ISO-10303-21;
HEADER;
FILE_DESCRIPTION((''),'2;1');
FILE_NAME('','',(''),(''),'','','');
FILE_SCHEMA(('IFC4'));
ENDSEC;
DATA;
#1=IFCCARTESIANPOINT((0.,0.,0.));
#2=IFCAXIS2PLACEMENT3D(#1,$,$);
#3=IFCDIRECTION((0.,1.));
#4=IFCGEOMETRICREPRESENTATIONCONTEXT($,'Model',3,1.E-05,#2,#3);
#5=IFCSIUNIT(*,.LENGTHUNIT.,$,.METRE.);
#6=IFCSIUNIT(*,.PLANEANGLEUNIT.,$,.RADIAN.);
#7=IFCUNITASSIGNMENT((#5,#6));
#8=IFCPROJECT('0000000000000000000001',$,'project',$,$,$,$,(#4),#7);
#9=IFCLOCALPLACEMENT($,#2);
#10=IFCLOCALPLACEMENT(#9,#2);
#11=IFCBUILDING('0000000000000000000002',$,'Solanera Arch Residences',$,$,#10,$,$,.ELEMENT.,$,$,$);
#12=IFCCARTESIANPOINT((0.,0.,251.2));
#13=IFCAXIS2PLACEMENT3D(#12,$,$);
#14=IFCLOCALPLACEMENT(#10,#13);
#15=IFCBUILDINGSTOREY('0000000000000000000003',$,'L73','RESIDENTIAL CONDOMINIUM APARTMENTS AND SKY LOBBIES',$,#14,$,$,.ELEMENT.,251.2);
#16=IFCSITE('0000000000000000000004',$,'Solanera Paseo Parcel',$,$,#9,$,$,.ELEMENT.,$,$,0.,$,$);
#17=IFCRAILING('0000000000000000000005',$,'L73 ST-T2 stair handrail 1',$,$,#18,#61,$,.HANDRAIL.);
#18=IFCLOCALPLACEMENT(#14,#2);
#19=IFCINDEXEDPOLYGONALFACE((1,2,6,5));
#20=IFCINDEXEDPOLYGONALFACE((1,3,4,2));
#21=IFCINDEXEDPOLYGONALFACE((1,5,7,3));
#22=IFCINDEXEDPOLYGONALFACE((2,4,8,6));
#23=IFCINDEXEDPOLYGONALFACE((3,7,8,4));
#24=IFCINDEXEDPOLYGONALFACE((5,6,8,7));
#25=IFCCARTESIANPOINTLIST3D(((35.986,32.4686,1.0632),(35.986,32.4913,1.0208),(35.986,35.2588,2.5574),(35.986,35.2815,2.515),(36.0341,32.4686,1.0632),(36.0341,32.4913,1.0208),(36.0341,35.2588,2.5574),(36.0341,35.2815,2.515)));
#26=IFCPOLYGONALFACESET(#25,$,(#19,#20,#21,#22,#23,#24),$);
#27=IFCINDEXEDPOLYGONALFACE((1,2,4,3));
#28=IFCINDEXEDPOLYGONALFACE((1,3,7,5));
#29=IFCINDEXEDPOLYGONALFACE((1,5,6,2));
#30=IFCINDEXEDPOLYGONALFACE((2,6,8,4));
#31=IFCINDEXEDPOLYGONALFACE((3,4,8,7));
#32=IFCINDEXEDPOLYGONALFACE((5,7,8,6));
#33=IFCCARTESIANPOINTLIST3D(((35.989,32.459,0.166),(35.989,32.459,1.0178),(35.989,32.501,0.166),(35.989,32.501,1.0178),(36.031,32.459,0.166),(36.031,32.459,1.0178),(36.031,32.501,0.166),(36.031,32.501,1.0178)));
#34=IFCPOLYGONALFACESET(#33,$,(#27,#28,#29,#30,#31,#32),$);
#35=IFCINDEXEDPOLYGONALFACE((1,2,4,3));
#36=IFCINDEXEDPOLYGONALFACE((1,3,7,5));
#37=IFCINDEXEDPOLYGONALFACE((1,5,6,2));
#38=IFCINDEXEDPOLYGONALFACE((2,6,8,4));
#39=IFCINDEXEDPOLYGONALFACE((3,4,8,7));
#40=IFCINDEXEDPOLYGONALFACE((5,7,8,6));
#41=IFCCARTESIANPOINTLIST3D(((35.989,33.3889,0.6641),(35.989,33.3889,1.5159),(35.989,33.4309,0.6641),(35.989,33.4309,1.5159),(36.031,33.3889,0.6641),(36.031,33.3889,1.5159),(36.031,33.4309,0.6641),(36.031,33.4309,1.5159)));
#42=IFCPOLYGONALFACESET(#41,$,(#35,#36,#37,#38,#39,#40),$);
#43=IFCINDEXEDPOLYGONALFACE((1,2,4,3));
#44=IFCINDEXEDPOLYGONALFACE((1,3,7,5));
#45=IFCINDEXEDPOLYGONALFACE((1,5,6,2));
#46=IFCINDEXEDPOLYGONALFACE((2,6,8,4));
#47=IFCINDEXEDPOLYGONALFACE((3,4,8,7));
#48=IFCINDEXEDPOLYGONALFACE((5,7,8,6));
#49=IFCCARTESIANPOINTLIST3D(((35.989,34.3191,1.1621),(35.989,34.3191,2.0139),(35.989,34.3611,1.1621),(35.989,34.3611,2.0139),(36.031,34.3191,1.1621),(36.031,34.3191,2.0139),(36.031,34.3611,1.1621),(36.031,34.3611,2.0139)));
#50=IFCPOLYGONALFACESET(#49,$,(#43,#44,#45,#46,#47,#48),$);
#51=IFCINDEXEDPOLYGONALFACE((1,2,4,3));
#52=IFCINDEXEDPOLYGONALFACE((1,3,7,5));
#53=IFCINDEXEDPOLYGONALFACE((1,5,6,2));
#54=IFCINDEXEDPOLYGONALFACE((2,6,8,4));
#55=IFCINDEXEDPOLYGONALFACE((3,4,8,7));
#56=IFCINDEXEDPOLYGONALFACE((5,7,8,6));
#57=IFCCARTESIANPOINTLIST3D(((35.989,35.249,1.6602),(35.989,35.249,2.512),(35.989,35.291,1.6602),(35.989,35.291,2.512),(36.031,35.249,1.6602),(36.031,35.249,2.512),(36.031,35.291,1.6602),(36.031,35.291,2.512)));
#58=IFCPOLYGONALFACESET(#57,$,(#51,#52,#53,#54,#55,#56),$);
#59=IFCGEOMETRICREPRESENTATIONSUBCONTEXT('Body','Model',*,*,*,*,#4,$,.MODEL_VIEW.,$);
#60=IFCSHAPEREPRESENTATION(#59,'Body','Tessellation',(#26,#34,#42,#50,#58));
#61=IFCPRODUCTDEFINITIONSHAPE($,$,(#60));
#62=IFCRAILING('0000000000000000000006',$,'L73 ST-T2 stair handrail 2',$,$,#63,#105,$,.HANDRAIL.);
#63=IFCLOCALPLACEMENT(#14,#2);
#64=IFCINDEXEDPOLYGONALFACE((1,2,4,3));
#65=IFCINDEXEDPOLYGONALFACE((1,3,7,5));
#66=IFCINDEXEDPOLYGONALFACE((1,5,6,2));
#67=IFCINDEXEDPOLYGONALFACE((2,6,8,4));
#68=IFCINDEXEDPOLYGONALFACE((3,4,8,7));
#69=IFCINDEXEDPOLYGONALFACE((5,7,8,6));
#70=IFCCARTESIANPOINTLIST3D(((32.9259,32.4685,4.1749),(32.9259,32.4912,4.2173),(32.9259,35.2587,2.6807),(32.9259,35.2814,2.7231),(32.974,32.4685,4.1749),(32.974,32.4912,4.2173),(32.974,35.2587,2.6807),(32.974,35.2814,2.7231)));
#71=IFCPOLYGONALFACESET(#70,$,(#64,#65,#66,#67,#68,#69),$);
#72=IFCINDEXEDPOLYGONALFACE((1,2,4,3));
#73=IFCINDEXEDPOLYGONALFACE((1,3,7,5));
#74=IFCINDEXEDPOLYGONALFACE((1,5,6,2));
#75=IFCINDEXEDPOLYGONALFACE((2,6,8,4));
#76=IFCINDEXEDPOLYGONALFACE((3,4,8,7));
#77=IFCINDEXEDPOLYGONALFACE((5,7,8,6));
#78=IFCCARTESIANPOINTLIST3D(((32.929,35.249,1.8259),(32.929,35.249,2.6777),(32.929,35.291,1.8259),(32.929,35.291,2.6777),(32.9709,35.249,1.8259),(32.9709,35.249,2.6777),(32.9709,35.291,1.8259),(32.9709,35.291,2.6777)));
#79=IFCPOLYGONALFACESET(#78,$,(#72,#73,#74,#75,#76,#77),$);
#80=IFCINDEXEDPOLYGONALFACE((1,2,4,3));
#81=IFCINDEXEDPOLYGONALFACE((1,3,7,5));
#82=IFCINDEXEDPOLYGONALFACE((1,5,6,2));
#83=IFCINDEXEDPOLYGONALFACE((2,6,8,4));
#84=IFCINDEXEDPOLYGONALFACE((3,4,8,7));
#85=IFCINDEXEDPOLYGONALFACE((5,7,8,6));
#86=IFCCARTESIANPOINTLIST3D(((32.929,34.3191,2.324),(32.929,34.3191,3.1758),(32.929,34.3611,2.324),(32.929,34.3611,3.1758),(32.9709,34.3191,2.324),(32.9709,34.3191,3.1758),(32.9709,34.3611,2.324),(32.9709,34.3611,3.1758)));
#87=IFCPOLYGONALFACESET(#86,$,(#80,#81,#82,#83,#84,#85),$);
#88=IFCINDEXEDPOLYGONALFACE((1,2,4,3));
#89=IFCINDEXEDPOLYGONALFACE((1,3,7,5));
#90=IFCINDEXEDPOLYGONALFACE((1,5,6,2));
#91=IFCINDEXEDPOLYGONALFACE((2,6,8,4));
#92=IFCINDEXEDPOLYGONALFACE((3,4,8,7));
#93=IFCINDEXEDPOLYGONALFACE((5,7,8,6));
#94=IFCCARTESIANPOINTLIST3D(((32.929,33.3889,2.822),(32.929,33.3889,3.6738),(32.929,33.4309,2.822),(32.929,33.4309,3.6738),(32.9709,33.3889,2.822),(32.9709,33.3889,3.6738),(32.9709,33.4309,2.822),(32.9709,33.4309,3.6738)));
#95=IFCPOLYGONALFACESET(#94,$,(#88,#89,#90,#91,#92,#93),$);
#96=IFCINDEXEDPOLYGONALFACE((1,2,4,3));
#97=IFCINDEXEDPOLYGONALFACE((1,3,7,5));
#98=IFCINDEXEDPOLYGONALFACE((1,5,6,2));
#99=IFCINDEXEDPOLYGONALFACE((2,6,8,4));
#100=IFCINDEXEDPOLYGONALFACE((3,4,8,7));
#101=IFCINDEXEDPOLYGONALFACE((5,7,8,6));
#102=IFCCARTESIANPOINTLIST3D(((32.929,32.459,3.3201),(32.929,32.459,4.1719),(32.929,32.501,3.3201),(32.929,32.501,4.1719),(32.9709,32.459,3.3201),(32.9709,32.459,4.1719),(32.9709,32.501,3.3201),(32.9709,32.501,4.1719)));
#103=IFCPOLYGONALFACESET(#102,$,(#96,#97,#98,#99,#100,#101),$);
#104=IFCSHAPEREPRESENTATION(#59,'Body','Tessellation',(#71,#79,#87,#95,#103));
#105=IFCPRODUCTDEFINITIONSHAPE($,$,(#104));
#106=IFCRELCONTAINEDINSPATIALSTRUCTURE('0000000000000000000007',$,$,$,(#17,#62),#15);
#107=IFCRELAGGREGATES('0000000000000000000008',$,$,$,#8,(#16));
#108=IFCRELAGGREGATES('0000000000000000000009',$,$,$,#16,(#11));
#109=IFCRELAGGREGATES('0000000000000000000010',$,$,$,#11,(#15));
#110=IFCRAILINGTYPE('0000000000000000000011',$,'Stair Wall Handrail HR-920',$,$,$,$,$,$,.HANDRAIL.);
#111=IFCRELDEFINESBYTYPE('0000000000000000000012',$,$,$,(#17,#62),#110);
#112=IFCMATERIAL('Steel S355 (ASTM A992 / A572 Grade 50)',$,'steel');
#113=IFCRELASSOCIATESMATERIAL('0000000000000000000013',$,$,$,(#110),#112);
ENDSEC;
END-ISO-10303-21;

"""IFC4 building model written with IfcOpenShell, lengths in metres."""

from ifc_helpers import new_model, si_unit, direction, frame, origin, origin_2d, place, context, subcontext, project, spatial, rectangle, extrude, material, type_object, element, save


model = new_model("IFC4")

# Units and contexts
model_context = context("Model", 3, precision=1e-05, world=origin(), true_north=direction((0.0, 1.0)))
body_context = subcontext(model_context, "Body", "Model", "MODEL_VIEW")
ifc_project = project(units=[si_unit("LENGTHUNIT", "METRE"), si_unit("PLANEANGLEUNIT", "RADIAN")], contexts=[model_context])

# Site, building, storey
site_placement = place(None, origin())
site = spatial("IfcSite", under=ifc_project, at=site_placement, Name="Solanera Paseo Parcel", CompositionType="ELEMENT", RefElevation=0.0)
building_placement = place(site_placement, origin())
building = spatial("IfcBuilding", under=site, at=building_placement, Name="Solanera Arch Residences", CompositionType="ELEMENT")
storey_placement = place(building_placement, frame((0.0, 0.0, 251.2)))
storey = spatial("IfcBuildingStorey", under=building, at=storey_placement, Name="L73", Description="RESIDENTIAL CONDOMINIUM APARTMENTS AND SKY LOBBIES", CompositionType="ELEMENT", Elevation=251.2)

# Railings
ifc_material_1 = material(Name="Steel S355 (ASTM A992 / A572 Grade 50)", Category="steel")
railing_type_1 = type_object("IfcRailingType", Name="Stair Wall Handrail HR-920", PredefinedType="HANDRAIL", material=ifc_material_1)
railing_1_placement = place(storey_placement, frame((36.01, 32.48, 0.166)))
element("IfcRailing", 1, at=railing_1_placement, inside=storey, type_object=railing_type_1, Name="L73 ST-T2 stair handrail 1", PredefinedType="HANDRAIL", context=body_context, shape_type="SweptSolid", body=[
    extrude(rectangle(XDim=0.0481, YDim=0.0481, at=origin_2d()), frame((0.0, 0.0, 0.876), z_axis=(0.0, 0.881549, 0.472093), x_axis=(-1.0, 0.0, 0.0)), (0.0, 0.0, 1.0), 3.165),
    extrude(rectangle(XDim=0.042, YDim=0.042, at=origin_2d()), origin(), (0.0, 0.0, 1.0), 0.8518),
    extrude(rectangle(XDim=0.042, YDim=0.042, at=origin_2d()), frame((0.0, 0.9299, 0.498)), (0.0, 0.0, 1.0), 0.8518),
    extrude(rectangle(XDim=0.042, YDim=0.042, at=origin_2d()), frame((0.0, 1.8601, 0.9961)), (0.0, 0.0, 1.0), 0.8518),
    extrude(rectangle(XDim=0.042, YDim=0.042, at=origin_2d()), frame((0.0, 2.79, 1.4941)), (0.0, 0.0, 1.0), 0.8518),
])
railing_2_placement = place(storey_placement, frame((32.95, 35.27, 1.8259)))
element("IfcRailing", 2, at=railing_2_placement, inside=storey, type_object=railing_type_1, Name="L73 ST-T2 stair handrail 2", PredefinedType="HANDRAIL", context=body_context, shape_type="SweptSolid", body=[
    extrude(rectangle(XDim=0.0481, YDim=0.0481, at=origin_2d()), frame((0.0, 0.0, 0.876), z_axis=(0.0, -0.881549, 0.472093), x_axis=(1.0, 0.0, 0.0)), (0.0, 0.0, 1.0), 3.165),
    extrude(rectangle(XDim=0.042, YDim=0.042, at=origin_2d()), origin(), (0.0, 0.0, 1.0), 0.8518),
    extrude(rectangle(XDim=0.042, YDim=0.042, at=origin_2d()), frame((0.0, -0.9299, 0.498)), (0.0, 0.0, 1.0), 0.8518),
    extrude(rectangle(XDim=0.042, YDim=0.042, at=origin_2d()), frame((0.0, -1.8601, 0.9961)), (0.0, 0.0, 1.0), 0.8518),
    extrude(rectangle(XDim=0.042, YDim=0.042, at=origin_2d()), frame((0.0, -2.79, 1.4941)), (0.0, 0.0, 1.0), 0.8518),
])

save(model, "model.ifc")
